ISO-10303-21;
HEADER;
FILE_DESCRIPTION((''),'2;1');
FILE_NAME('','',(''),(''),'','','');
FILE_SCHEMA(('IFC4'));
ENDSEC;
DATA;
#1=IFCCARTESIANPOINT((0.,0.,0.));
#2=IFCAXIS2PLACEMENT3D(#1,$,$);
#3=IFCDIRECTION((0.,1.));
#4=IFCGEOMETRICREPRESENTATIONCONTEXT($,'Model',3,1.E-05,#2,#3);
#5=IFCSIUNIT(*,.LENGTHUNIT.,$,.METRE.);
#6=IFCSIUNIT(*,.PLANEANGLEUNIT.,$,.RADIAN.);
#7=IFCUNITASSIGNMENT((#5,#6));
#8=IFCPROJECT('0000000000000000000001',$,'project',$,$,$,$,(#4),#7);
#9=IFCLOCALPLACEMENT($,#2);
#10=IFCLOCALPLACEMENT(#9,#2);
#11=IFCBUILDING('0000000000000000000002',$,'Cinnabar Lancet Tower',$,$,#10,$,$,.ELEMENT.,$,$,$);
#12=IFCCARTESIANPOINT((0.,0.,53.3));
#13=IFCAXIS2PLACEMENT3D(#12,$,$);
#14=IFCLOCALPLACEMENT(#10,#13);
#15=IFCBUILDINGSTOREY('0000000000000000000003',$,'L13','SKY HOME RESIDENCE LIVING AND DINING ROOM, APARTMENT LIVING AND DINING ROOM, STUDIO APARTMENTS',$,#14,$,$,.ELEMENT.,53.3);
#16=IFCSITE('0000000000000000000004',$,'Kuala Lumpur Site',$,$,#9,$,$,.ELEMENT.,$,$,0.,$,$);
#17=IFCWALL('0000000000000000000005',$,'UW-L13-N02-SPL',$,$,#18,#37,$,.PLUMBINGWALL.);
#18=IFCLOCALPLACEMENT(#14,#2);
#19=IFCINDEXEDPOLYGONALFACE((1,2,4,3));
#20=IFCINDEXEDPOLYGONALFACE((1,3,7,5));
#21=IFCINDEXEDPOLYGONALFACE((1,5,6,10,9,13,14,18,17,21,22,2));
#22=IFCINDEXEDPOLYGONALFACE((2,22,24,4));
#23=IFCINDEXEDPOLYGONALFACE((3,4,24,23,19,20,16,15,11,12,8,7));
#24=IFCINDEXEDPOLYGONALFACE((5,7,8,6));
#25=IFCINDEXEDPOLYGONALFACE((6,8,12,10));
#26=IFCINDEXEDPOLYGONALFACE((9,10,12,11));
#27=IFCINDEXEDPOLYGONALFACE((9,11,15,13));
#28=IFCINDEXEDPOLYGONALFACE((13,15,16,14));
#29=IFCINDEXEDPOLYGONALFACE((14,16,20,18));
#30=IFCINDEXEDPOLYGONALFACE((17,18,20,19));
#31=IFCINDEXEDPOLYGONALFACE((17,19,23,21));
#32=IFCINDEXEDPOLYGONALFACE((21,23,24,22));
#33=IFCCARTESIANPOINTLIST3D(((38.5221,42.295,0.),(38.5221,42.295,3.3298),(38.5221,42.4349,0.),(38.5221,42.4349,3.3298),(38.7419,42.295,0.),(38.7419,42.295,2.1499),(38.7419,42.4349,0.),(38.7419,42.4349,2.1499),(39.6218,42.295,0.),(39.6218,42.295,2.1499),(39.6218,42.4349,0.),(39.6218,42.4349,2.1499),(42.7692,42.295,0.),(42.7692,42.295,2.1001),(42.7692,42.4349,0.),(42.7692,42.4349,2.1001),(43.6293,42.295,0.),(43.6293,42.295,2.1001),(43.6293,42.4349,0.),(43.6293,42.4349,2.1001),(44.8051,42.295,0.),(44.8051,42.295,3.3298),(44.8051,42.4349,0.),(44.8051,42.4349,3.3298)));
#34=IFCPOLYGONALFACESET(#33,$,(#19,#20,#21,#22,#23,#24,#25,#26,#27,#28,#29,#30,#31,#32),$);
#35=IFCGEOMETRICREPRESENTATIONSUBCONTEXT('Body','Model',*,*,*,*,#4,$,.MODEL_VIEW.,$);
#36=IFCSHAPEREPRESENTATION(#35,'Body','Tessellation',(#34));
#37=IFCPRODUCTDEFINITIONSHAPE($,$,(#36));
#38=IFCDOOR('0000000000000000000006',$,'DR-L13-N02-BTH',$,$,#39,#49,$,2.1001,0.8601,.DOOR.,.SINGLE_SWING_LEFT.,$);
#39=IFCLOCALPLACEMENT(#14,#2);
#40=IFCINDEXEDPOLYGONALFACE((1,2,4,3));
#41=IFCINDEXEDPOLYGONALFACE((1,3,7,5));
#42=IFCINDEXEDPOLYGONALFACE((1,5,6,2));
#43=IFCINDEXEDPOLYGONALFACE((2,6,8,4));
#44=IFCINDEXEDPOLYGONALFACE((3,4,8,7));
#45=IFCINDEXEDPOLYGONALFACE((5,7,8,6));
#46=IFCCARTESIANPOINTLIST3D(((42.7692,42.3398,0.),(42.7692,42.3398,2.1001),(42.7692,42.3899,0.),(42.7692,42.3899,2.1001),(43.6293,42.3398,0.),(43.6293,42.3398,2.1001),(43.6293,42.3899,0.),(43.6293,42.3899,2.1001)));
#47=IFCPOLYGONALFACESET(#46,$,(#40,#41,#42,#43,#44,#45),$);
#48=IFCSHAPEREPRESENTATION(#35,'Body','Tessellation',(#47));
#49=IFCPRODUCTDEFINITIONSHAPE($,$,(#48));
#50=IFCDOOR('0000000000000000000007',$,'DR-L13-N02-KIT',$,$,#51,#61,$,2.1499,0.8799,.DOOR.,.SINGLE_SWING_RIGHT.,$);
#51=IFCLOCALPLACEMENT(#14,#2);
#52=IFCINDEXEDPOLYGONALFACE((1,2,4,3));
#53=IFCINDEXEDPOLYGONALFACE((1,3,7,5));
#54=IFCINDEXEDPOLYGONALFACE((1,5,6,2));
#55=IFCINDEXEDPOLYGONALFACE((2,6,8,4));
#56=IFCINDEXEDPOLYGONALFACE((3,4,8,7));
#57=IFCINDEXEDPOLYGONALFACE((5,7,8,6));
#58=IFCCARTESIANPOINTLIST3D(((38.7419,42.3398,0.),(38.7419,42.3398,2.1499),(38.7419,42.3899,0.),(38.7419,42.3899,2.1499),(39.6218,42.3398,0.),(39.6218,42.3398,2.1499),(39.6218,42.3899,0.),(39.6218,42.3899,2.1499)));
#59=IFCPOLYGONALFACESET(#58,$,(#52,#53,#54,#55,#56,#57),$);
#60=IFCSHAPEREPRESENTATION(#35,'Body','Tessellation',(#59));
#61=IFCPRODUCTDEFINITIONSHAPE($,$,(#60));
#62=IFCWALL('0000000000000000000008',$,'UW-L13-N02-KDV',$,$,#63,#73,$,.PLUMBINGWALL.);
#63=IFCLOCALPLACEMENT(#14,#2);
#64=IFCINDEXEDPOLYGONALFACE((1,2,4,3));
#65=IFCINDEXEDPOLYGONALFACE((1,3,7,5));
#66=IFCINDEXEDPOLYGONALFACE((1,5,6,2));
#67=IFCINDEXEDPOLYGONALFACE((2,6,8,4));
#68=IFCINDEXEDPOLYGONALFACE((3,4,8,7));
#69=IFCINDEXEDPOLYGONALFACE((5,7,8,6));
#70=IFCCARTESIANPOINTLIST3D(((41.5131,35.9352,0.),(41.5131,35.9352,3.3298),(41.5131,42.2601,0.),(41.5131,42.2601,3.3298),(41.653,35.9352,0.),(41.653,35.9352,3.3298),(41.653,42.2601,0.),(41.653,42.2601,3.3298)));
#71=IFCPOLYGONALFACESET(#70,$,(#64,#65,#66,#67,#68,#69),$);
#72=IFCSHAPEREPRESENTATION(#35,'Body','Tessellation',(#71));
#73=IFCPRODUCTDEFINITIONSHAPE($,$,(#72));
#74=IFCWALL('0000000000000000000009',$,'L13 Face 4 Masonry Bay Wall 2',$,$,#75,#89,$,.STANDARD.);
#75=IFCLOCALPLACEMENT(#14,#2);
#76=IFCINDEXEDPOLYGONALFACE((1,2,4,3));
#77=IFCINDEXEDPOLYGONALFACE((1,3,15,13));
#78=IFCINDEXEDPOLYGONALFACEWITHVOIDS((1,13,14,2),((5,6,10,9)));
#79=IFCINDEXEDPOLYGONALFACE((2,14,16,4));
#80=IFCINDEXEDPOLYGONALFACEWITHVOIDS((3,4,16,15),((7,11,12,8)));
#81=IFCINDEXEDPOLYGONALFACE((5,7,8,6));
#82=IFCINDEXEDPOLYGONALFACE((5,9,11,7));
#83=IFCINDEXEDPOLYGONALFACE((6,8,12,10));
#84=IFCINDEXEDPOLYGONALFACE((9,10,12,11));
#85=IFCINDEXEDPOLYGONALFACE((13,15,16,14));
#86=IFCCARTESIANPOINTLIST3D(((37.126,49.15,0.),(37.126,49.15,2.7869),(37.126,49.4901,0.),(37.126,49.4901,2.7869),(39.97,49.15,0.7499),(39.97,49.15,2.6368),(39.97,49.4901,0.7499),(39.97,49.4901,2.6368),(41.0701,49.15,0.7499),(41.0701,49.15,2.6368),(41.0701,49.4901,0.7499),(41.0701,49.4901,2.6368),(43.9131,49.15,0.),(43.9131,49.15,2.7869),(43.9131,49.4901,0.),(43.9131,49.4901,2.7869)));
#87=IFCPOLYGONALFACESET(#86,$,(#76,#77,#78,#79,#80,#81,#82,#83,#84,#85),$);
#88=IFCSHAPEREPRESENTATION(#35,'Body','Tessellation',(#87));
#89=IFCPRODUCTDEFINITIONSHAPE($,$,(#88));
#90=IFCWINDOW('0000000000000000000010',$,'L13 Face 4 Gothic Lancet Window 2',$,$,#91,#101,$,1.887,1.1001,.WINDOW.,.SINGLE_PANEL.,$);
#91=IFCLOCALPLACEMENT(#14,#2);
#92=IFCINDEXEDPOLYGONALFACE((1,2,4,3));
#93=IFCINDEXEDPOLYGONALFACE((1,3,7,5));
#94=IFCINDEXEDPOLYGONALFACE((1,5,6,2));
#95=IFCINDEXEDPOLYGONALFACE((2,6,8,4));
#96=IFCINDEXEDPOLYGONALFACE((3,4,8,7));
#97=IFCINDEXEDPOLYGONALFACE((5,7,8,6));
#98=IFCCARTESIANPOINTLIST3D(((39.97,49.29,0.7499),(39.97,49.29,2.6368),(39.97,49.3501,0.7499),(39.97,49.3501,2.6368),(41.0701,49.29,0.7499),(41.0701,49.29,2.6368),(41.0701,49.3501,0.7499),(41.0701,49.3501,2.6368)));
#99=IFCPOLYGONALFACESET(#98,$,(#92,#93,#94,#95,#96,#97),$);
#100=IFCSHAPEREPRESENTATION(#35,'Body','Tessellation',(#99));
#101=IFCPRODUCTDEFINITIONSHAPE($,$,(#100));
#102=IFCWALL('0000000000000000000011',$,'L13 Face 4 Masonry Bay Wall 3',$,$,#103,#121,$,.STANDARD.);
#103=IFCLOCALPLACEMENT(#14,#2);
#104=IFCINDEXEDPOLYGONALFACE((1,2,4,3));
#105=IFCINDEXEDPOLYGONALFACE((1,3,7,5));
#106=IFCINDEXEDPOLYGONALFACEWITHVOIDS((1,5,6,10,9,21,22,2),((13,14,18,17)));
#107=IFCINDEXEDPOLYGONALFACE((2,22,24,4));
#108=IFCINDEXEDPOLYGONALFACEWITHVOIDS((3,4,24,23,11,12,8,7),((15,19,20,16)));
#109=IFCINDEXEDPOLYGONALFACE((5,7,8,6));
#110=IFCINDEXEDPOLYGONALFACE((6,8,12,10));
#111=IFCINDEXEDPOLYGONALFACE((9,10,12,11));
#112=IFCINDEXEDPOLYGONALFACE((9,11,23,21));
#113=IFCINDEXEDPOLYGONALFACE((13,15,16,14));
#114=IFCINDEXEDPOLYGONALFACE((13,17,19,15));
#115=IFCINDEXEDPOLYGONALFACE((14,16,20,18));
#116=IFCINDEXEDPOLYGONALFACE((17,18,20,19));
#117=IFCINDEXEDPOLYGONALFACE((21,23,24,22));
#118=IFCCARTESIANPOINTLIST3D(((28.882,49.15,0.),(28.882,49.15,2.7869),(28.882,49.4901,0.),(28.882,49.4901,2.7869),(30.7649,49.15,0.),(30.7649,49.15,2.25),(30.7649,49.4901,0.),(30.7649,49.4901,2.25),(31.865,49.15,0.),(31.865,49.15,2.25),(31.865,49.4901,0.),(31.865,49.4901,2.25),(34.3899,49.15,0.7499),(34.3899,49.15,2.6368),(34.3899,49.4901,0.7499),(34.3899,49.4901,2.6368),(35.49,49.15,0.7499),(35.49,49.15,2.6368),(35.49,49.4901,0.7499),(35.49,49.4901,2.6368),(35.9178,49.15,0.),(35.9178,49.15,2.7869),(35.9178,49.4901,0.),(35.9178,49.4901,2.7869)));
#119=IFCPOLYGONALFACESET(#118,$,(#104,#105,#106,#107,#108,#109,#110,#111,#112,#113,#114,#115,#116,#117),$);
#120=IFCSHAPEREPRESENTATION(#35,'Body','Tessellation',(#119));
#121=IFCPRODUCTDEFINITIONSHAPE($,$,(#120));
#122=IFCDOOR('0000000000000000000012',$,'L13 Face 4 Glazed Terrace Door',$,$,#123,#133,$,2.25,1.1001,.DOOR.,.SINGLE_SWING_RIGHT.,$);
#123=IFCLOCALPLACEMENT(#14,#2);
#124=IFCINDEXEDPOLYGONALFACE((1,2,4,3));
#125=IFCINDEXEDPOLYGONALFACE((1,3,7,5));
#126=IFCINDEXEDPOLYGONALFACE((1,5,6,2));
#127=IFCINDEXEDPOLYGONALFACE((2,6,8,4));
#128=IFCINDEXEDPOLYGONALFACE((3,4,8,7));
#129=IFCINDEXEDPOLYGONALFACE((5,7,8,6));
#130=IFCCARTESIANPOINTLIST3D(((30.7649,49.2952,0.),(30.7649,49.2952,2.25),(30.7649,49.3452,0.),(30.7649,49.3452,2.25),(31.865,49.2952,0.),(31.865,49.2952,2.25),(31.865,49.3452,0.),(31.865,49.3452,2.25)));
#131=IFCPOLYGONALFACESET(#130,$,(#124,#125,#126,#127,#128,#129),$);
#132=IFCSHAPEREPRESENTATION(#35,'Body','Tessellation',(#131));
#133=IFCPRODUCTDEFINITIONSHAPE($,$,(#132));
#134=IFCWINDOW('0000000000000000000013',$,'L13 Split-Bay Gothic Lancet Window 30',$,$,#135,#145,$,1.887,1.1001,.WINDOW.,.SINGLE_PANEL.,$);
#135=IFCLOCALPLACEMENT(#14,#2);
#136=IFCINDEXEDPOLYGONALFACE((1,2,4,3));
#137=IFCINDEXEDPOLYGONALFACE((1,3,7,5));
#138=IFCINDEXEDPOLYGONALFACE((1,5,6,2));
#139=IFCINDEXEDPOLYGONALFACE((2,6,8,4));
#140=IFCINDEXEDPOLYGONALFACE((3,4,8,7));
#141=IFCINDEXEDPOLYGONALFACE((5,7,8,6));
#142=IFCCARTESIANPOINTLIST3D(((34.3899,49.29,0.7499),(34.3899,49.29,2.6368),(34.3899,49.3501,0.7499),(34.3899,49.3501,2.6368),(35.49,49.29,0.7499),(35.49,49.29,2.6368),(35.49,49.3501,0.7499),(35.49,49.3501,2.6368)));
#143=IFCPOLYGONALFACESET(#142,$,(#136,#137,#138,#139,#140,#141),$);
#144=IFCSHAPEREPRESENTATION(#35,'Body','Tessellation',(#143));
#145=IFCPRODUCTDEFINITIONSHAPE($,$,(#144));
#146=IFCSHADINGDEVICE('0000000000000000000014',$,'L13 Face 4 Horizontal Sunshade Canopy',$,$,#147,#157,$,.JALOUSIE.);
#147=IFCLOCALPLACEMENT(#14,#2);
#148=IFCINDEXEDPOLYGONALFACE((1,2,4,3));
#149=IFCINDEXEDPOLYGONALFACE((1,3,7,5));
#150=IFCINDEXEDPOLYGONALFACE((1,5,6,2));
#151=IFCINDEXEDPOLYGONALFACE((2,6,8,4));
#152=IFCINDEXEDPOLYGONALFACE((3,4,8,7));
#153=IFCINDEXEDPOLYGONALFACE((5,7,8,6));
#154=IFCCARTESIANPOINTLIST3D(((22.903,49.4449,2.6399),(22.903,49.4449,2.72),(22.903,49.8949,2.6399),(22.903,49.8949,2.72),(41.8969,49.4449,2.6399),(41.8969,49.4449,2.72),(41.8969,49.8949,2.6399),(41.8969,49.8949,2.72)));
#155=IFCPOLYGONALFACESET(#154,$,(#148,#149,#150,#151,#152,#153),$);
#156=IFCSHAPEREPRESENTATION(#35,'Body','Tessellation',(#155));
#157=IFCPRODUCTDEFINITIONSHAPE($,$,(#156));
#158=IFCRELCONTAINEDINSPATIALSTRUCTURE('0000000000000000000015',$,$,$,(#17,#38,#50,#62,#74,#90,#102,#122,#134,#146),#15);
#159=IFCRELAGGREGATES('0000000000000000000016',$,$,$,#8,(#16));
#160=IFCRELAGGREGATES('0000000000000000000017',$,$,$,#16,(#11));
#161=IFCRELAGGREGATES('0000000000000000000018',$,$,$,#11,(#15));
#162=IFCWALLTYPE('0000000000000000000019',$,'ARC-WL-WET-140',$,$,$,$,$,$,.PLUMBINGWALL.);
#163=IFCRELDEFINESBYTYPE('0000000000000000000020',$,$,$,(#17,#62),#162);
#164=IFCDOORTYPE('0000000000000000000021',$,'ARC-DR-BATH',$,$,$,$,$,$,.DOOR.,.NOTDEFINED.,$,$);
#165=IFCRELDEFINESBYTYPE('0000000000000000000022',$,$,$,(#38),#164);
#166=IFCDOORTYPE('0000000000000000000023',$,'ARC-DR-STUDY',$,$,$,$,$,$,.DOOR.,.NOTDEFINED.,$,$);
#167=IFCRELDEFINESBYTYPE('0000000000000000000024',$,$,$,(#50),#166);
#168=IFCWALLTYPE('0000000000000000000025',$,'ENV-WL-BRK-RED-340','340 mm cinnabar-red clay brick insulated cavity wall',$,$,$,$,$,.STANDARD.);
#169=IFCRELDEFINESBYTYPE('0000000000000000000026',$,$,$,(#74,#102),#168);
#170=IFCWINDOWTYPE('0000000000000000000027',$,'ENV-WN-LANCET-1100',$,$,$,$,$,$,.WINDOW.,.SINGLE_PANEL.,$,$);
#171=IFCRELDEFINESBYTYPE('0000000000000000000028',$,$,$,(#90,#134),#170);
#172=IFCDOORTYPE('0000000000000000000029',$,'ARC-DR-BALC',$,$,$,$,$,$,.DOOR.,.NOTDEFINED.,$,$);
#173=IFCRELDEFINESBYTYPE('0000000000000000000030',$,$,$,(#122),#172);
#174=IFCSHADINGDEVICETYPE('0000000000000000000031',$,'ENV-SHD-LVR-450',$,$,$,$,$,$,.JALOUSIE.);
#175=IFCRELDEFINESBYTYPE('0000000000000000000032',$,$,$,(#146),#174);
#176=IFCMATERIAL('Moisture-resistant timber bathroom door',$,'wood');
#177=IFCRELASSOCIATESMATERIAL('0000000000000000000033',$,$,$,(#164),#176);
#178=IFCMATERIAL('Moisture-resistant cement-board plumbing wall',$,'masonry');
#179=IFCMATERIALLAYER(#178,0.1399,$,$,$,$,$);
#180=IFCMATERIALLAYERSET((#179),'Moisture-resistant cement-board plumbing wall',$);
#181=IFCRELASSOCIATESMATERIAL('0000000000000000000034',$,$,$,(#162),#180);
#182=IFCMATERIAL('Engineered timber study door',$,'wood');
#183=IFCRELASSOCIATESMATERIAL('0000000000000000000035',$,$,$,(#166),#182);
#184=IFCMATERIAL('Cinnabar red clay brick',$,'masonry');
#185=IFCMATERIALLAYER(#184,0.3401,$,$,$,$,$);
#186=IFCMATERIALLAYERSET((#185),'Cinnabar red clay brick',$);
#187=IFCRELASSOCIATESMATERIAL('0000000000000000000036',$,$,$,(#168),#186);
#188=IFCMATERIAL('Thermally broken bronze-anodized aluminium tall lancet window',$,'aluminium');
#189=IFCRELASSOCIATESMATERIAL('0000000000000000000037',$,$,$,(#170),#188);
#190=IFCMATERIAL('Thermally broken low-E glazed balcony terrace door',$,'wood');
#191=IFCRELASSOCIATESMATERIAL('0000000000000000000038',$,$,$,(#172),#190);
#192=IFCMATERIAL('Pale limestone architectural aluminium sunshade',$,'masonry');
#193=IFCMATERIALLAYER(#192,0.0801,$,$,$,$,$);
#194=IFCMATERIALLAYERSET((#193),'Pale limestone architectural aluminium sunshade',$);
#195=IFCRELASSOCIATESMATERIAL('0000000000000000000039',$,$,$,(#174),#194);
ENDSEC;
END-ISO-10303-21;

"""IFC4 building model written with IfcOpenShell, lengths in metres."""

from ifc_helpers import new_model, si_unit, direction, frame, frame_2d, origin, origin_2d, place, context, subcontext, project, spatial, rectangle, extrude, material, layer, layer_set, type_object, element, fill, save


model = new_model("IFC4")

# Units and contexts
model_context = context("Model", 3, precision=1e-05, world=origin(), true_north=direction((0.0, 1.0)))
body_context = subcontext(model_context, "Body", "Model", "MODEL_VIEW")
ifc_project = project(units=[si_unit("LENGTHUNIT", "METRE"), si_unit("PLANEANGLEUNIT", "RADIAN")], contexts=[model_context])

# Site, building, storey
site_placement = place(None, origin())
site = spatial("IfcSite", under=ifc_project, at=site_placement, Name="Kuala Lumpur Site", CompositionType="ELEMENT", RefElevation=0.0)
building_placement = place(site_placement, origin())
building = spatial("IfcBuilding", under=site, at=building_placement, Name="Cinnabar Lancet Tower", CompositionType="ELEMENT")
storey_placement = place(building_placement, frame((0.0, 0.0, 53.3)))
storey = spatial("IfcBuildingStorey", under=building, at=storey_placement, Name="L13", Description="SKY HOME RESIDENCE LIVING AND DINING ROOM, APARTMENT LIVING AND DINING ROOM, STUDIO APARTMENTS", CompositionType="ELEMENT", Elevation=53.3)

# Shared definitions
ifc_material_1 = material(Name="Moisture-resistant timber bathroom door", Category="wood")
door_type_1 = type_object("IfcDoorType", Name="ARC-DR-BATH", OperationType="NOTDEFINED", PredefinedType="DOOR", material=ifc_material_1)

# Shared definitions
ifc_material_2 = material(Name="Moisture-resistant cement-board plumbing wall", Category="masonry")
ifc_layer_1 = layer(ifc_material_2, 0.1399)
ifc_layer_set_1 = layer_set([ifc_layer_1], Name="Moisture-resistant cement-board plumbing wall")
wall_type_1 = type_object("IfcWallType", Name="ARC-WL-WET-140", PredefinedType="PLUMBINGWALL", material=ifc_layer_set_1)

# Wall, openings, doors
wall_1_placement = place(storey_placement, frame((38.522, 42.365, 0.0), z_axis=(0.0, 0.0, 1.0), x_axis=(1.0, 0.0, 0.0)))
wall_1 = element("IfcWall", 1, at=wall_1_placement, inside=storey, type_object=wall_type_1, Name="UW-L13-N02-SPL", PredefinedType="PLUMBINGWALL", context=body_context, shape_type="SweptSolid", body=[
    extrude(rectangle(XDim=6.283, YDim=0.1399, at=frame_2d((3.1416, 0.0))), origin(), (0.0, 0.0, 1.0), 3.3298),
])
opening_1_placement = place(wall_1_placement, frame((4.2471, 0.0, 0.0)))
opening_1 = element("IfcOpeningElement", 2, at=opening_1_placement, cuts=wall_1, PredefinedType="OPENING", context=body_context, shape_type="SweptSolid", body=[
    extrude(rectangle(XDim=0.8601, YDim=2.1001, at=frame_2d((0.4302, 1.05))), frame((0.0, 0.0798, 0.0), z_axis=(0.0, -1.0, 0.0), x_axis=(1.0, 0.0, 0.0)), (0.0, 0.0, 1.0), 0.1599),
])
opening_2_placement = place(wall_1_placement, frame((0.22, 0.0, 0.0)))
opening_2 = element("IfcOpeningElement", 3, at=opening_2_placement, cuts=wall_1, PredefinedType="OPENING", context=body_context, shape_type="SweptSolid", body=[
    extrude(rectangle(XDim=0.8799, YDim=2.1499, at=frame_2d((0.4399, 1.075))), frame((0.0, 0.0798, 0.0), z_axis=(0.0, -1.0, 0.0), x_axis=(1.0, 0.0, 0.0)), (0.0, 0.0, 1.0), 0.1599),
])
door_1_placement = place(opening_1_placement, origin())
door_1 = element("IfcDoor", 4, at=door_1_placement, inside=storey, type_object=door_type_1, Name="DR-L13-N02-BTH", OperationType="SINGLE_SWING_LEFT", OverallHeight=2.1001, OverallWidth=0.8601, PredefinedType="DOOR", context=body_context, shape_type="SweptSolid", body=[
    extrude(rectangle(XDim=0.8601, YDim=2.1001, at=frame_2d((0.4302, 1.05))), frame((0.0, 0.0249, 0.0), z_axis=(0.0, -1.0, 0.0), x_axis=(1.0, 0.0, 0.0)), (0.0, 0.0, 1.0), 0.05),
])
fill(opening_1, door_1)
ifc_material_3 = material(Name="Engineered timber study door", Category="wood")
door_type_2 = type_object("IfcDoorType", Name="ARC-DR-STUDY", OperationType="NOTDEFINED", PredefinedType="DOOR", material=ifc_material_3)
door_2_placement = place(opening_2_placement, origin())
door_2 = element("IfcDoor", 5, at=door_2_placement, inside=storey, type_object=door_type_2, Name="DR-L13-N02-KIT", OperationType="SINGLE_SWING_RIGHT", OverallHeight=2.1499, OverallWidth=0.8799, PredefinedType="DOOR", context=body_context, shape_type="SweptSolid", body=[
    extrude(rectangle(XDim=0.8799, YDim=2.1499, at=frame_2d((0.4399, 1.075))), frame((0.0, 0.0249, 0.0), z_axis=(0.0, -1.0, 0.0), x_axis=(1.0, 0.0, 0.0)), (0.0, 0.0, 1.0), 0.05),
])
fill(opening_2, door_2)

# Wall
wall_2_placement = place(storey_placement, frame((41.583, 35.9351, 0.0), z_axis=(0.0, 0.0, 1.0), x_axis=(0.0, 1.0, 0.0)))
element("IfcWall", 6, at=wall_2_placement, inside=storey, type_object=wall_type_1, Name="UW-L13-N02-KDV", PredefinedType="PLUMBINGWALL", context=body_context, shape_type="SweptSolid", body=[
    extrude(rectangle(XDim=6.325, YDim=0.1399, at=frame_2d((3.1626, 0.0))), origin(), (0.0, 0.0, 1.0), 3.3298),
])

# Wall, opening, window
ifc_material_4 = material(Name="Cinnabar red clay brick", Category="masonry")
ifc_layer_2 = layer(ifc_material_4, 0.3401)
ifc_layer_set_2 = layer_set([ifc_layer_2], Name="Cinnabar red clay brick")
wall_type_2 = type_object("IfcWallType", Name="ENV-WL-BRK-RED-340", Description="340 mm cinnabar-red clay brick insulated cavity wall", PredefinedType="STANDARD", material=ifc_layer_set_2)
wall_3_placement = place(storey_placement, frame((43.9131, 49.3201, 0.0), z_axis=(0.0, 0.0, 1.0), x_axis=(-1.0, 0.0, 0.0)))
wall_3 = element("IfcWall", 7, at=wall_3_placement, inside=storey, type_object=wall_type_2, Name="L13 Face 4 Masonry Bay Wall 2", PredefinedType="STANDARD", context=body_context, shape_type="SweptSolid", body=[
    extrude(rectangle(XDim=6.7871, YDim=0.3401, at=frame_2d((3.3936, 0.0))), origin(), (0.0, 0.0, 1.0), 2.7869),
])
opening_3_placement = place(wall_3_placement, frame((2.843, 0.0, 0.75)))
opening_3 = element("IfcOpeningElement", 8, at=opening_3_placement, cuts=wall_3, PredefinedType="OPENING", context=body_context, shape_type="SweptSolid", body=[
    extrude(rectangle(XDim=1.1001, YDim=1.887, at=frame_2d((0.55, 0.9434))), frame((0.0, 0.1799, 0.0), z_axis=(0.0, -1.0, 0.0), x_axis=(1.0, 0.0, 0.0)), (0.0, 0.0, 1.0), 0.3601),
])
ifc_material_5 = material(Name="Thermally broken bronze-anodized aluminium tall lancet window", Category="aluminium")
window_type = type_object("IfcWindowType", Name="ENV-WN-LANCET-1100", PartitioningType="SINGLE_PANEL", PredefinedType="WINDOW", material=ifc_material_5)
window_1_placement = place(opening_3_placement, origin())
window_1 = element("IfcWindow", 9, at=window_1_placement, inside=storey, type_object=window_type, Name="L13 Face 4 Gothic Lancet Window 2", OverallHeight=1.887, OverallWidth=1.1001, PartitioningType="SINGLE_PANEL", PredefinedType="WINDOW", context=body_context, shape_type="SweptSolid", body=[
    extrude(rectangle(XDim=1.1001, YDim=1.887, at=frame_2d((0.55, 0.9434))), frame((0.0, 0.03, 0.0), z_axis=(0.0, -1.0, 0.0), x_axis=(1.0, 0.0, 0.0)), (0.0, 0.0, 1.0), 0.0601),
])
fill(opening_3, window_1)

# Wall, openings, door, window
wall_4_placement = place(storey_placement, frame((35.918, 49.3201, 0.0), z_axis=(0.0, 0.0, 1.0), x_axis=(-1.0, 0.0, 0.0)))
wall_4 = element("IfcWall", 10, at=wall_4_placement, inside=storey, type_object=wall_type_2, Name="L13 Face 4 Masonry Bay Wall 3", PredefinedType="STANDARD", context=body_context, shape_type="SweptSolid", body=[
    extrude(rectangle(XDim=7.0359, YDim=0.3401, at=frame_2d((3.5181, 0.0))), origin(), (0.0, 0.0, 1.0), 2.7869),
])
opening_4_placement = place(wall_4_placement, frame((4.053, 0.0, 0.0)))
opening_4 = element("IfcOpeningElement", 11, at=opening_4_placement, cuts=wall_4, PredefinedType="OPENING", context=body_context, shape_type="SweptSolid", body=[
    extrude(rectangle(XDim=1.1001, YDim=2.25, at=frame_2d((0.55, 1.125))), frame((0.0, 0.1799, 0.0), z_axis=(0.0, -1.0, 0.0), x_axis=(1.0, 0.0, 0.0)), (0.0, 0.0, 1.0), 0.3601),
])
opening_5_placement = place(wall_4_placement, frame((0.428, 0.0, 0.75)))
opening_5 = element("IfcOpeningElement", 12, at=opening_5_placement, cuts=wall_4, PredefinedType="OPENING", context=body_context, shape_type="SweptSolid", body=[
    extrude(rectangle(XDim=1.1001, YDim=1.887, at=frame_2d((0.55, 0.9434))), frame((0.0, 0.1799, 0.0), z_axis=(0.0, -1.0, 0.0), x_axis=(1.0, 0.0, 0.0)), (0.0, 0.0, 1.0), 0.3601),
])
ifc_material_6 = material(Name="Thermally broken low-E glazed balcony terrace door", Category="wood")
door_type_3 = type_object("IfcDoorType", Name="ARC-DR-BALC", OperationType="NOTDEFINED", PredefinedType="DOOR", material=ifc_material_6)
door_3_placement = place(opening_4_placement, origin())
door_3 = element("IfcDoor", 13, at=door_3_placement, inside=storey, type_object=door_type_3, Name="L13 Face 4 Glazed Terrace Door", OperationType="SINGLE_SWING_RIGHT", OverallHeight=2.25, OverallWidth=1.1001, PredefinedType="DOOR", context=body_context, shape_type="SweptSolid", body=[
    extrude(rectangle(XDim=1.1001, YDim=2.25, at=frame_2d((0.55, 1.125))), frame((0.0, 0.0249, 0.0), z_axis=(0.0, -1.0, 0.0), x_axis=(1.0, 0.0, 0.0)), (0.0, 0.0, 1.0), 0.05),
])
fill(opening_4, door_3)
window_2_placement = place(opening_5_placement, origin())
window_2 = element("IfcWindow", 14, at=window_2_placement, inside=storey, type_object=window_type, Name="L13 Split-Bay Gothic Lancet Window 30", OverallHeight=1.887, OverallWidth=1.1001, PartitioningType="SINGLE_PANEL", PredefinedType="WINDOW", context=body_context, shape_type="SweptSolid", body=[
    extrude(rectangle(XDim=1.1001, YDim=1.887, at=frame_2d((0.55, 0.9434))), frame((0.0, 0.03, 0.0), z_axis=(0.0, -1.0, 0.0), x_axis=(1.0, 0.0, 0.0)), (0.0, 0.0, 1.0), 0.0601),
])
fill(opening_5, window_2)

# Shading device
ifc_material_7 = material(Name="Pale limestone architectural aluminium sunshade", Category="masonry")
ifc_layer_3 = layer(ifc_material_7, 0.0801)
ifc_layer_set_3 = layer_set([ifc_layer_3], Name="Pale limestone architectural aluminium sunshade")
shading_device_type = type_object("IfcShadingDeviceType", Name="ENV-SHD-LVR-450", PredefinedType="JALOUSIE", material=ifc_layer_set_3)
shading_device_placement = place(storey_placement, frame((32.3999, 49.6699, 2.6399), z_axis=(0.0, 0.0, 1.0), x_axis=(-1.0, 0.0, 0.0)))
element("IfcShadingDevice", 15, at=shading_device_placement, inside=storey, type_object=shading_device_type, Name="L13 Face 4 Horizontal Sunshade Canopy", PredefinedType="JALOUSIE", context=body_context, shape_type="SweptSolid", body=[
    extrude(rectangle(XDim=18.9939, YDim=0.45, at=origin_2d()), origin(), (0.0, 0.0, 1.0), 0.0801),
])

save(model, "model.ifc")
